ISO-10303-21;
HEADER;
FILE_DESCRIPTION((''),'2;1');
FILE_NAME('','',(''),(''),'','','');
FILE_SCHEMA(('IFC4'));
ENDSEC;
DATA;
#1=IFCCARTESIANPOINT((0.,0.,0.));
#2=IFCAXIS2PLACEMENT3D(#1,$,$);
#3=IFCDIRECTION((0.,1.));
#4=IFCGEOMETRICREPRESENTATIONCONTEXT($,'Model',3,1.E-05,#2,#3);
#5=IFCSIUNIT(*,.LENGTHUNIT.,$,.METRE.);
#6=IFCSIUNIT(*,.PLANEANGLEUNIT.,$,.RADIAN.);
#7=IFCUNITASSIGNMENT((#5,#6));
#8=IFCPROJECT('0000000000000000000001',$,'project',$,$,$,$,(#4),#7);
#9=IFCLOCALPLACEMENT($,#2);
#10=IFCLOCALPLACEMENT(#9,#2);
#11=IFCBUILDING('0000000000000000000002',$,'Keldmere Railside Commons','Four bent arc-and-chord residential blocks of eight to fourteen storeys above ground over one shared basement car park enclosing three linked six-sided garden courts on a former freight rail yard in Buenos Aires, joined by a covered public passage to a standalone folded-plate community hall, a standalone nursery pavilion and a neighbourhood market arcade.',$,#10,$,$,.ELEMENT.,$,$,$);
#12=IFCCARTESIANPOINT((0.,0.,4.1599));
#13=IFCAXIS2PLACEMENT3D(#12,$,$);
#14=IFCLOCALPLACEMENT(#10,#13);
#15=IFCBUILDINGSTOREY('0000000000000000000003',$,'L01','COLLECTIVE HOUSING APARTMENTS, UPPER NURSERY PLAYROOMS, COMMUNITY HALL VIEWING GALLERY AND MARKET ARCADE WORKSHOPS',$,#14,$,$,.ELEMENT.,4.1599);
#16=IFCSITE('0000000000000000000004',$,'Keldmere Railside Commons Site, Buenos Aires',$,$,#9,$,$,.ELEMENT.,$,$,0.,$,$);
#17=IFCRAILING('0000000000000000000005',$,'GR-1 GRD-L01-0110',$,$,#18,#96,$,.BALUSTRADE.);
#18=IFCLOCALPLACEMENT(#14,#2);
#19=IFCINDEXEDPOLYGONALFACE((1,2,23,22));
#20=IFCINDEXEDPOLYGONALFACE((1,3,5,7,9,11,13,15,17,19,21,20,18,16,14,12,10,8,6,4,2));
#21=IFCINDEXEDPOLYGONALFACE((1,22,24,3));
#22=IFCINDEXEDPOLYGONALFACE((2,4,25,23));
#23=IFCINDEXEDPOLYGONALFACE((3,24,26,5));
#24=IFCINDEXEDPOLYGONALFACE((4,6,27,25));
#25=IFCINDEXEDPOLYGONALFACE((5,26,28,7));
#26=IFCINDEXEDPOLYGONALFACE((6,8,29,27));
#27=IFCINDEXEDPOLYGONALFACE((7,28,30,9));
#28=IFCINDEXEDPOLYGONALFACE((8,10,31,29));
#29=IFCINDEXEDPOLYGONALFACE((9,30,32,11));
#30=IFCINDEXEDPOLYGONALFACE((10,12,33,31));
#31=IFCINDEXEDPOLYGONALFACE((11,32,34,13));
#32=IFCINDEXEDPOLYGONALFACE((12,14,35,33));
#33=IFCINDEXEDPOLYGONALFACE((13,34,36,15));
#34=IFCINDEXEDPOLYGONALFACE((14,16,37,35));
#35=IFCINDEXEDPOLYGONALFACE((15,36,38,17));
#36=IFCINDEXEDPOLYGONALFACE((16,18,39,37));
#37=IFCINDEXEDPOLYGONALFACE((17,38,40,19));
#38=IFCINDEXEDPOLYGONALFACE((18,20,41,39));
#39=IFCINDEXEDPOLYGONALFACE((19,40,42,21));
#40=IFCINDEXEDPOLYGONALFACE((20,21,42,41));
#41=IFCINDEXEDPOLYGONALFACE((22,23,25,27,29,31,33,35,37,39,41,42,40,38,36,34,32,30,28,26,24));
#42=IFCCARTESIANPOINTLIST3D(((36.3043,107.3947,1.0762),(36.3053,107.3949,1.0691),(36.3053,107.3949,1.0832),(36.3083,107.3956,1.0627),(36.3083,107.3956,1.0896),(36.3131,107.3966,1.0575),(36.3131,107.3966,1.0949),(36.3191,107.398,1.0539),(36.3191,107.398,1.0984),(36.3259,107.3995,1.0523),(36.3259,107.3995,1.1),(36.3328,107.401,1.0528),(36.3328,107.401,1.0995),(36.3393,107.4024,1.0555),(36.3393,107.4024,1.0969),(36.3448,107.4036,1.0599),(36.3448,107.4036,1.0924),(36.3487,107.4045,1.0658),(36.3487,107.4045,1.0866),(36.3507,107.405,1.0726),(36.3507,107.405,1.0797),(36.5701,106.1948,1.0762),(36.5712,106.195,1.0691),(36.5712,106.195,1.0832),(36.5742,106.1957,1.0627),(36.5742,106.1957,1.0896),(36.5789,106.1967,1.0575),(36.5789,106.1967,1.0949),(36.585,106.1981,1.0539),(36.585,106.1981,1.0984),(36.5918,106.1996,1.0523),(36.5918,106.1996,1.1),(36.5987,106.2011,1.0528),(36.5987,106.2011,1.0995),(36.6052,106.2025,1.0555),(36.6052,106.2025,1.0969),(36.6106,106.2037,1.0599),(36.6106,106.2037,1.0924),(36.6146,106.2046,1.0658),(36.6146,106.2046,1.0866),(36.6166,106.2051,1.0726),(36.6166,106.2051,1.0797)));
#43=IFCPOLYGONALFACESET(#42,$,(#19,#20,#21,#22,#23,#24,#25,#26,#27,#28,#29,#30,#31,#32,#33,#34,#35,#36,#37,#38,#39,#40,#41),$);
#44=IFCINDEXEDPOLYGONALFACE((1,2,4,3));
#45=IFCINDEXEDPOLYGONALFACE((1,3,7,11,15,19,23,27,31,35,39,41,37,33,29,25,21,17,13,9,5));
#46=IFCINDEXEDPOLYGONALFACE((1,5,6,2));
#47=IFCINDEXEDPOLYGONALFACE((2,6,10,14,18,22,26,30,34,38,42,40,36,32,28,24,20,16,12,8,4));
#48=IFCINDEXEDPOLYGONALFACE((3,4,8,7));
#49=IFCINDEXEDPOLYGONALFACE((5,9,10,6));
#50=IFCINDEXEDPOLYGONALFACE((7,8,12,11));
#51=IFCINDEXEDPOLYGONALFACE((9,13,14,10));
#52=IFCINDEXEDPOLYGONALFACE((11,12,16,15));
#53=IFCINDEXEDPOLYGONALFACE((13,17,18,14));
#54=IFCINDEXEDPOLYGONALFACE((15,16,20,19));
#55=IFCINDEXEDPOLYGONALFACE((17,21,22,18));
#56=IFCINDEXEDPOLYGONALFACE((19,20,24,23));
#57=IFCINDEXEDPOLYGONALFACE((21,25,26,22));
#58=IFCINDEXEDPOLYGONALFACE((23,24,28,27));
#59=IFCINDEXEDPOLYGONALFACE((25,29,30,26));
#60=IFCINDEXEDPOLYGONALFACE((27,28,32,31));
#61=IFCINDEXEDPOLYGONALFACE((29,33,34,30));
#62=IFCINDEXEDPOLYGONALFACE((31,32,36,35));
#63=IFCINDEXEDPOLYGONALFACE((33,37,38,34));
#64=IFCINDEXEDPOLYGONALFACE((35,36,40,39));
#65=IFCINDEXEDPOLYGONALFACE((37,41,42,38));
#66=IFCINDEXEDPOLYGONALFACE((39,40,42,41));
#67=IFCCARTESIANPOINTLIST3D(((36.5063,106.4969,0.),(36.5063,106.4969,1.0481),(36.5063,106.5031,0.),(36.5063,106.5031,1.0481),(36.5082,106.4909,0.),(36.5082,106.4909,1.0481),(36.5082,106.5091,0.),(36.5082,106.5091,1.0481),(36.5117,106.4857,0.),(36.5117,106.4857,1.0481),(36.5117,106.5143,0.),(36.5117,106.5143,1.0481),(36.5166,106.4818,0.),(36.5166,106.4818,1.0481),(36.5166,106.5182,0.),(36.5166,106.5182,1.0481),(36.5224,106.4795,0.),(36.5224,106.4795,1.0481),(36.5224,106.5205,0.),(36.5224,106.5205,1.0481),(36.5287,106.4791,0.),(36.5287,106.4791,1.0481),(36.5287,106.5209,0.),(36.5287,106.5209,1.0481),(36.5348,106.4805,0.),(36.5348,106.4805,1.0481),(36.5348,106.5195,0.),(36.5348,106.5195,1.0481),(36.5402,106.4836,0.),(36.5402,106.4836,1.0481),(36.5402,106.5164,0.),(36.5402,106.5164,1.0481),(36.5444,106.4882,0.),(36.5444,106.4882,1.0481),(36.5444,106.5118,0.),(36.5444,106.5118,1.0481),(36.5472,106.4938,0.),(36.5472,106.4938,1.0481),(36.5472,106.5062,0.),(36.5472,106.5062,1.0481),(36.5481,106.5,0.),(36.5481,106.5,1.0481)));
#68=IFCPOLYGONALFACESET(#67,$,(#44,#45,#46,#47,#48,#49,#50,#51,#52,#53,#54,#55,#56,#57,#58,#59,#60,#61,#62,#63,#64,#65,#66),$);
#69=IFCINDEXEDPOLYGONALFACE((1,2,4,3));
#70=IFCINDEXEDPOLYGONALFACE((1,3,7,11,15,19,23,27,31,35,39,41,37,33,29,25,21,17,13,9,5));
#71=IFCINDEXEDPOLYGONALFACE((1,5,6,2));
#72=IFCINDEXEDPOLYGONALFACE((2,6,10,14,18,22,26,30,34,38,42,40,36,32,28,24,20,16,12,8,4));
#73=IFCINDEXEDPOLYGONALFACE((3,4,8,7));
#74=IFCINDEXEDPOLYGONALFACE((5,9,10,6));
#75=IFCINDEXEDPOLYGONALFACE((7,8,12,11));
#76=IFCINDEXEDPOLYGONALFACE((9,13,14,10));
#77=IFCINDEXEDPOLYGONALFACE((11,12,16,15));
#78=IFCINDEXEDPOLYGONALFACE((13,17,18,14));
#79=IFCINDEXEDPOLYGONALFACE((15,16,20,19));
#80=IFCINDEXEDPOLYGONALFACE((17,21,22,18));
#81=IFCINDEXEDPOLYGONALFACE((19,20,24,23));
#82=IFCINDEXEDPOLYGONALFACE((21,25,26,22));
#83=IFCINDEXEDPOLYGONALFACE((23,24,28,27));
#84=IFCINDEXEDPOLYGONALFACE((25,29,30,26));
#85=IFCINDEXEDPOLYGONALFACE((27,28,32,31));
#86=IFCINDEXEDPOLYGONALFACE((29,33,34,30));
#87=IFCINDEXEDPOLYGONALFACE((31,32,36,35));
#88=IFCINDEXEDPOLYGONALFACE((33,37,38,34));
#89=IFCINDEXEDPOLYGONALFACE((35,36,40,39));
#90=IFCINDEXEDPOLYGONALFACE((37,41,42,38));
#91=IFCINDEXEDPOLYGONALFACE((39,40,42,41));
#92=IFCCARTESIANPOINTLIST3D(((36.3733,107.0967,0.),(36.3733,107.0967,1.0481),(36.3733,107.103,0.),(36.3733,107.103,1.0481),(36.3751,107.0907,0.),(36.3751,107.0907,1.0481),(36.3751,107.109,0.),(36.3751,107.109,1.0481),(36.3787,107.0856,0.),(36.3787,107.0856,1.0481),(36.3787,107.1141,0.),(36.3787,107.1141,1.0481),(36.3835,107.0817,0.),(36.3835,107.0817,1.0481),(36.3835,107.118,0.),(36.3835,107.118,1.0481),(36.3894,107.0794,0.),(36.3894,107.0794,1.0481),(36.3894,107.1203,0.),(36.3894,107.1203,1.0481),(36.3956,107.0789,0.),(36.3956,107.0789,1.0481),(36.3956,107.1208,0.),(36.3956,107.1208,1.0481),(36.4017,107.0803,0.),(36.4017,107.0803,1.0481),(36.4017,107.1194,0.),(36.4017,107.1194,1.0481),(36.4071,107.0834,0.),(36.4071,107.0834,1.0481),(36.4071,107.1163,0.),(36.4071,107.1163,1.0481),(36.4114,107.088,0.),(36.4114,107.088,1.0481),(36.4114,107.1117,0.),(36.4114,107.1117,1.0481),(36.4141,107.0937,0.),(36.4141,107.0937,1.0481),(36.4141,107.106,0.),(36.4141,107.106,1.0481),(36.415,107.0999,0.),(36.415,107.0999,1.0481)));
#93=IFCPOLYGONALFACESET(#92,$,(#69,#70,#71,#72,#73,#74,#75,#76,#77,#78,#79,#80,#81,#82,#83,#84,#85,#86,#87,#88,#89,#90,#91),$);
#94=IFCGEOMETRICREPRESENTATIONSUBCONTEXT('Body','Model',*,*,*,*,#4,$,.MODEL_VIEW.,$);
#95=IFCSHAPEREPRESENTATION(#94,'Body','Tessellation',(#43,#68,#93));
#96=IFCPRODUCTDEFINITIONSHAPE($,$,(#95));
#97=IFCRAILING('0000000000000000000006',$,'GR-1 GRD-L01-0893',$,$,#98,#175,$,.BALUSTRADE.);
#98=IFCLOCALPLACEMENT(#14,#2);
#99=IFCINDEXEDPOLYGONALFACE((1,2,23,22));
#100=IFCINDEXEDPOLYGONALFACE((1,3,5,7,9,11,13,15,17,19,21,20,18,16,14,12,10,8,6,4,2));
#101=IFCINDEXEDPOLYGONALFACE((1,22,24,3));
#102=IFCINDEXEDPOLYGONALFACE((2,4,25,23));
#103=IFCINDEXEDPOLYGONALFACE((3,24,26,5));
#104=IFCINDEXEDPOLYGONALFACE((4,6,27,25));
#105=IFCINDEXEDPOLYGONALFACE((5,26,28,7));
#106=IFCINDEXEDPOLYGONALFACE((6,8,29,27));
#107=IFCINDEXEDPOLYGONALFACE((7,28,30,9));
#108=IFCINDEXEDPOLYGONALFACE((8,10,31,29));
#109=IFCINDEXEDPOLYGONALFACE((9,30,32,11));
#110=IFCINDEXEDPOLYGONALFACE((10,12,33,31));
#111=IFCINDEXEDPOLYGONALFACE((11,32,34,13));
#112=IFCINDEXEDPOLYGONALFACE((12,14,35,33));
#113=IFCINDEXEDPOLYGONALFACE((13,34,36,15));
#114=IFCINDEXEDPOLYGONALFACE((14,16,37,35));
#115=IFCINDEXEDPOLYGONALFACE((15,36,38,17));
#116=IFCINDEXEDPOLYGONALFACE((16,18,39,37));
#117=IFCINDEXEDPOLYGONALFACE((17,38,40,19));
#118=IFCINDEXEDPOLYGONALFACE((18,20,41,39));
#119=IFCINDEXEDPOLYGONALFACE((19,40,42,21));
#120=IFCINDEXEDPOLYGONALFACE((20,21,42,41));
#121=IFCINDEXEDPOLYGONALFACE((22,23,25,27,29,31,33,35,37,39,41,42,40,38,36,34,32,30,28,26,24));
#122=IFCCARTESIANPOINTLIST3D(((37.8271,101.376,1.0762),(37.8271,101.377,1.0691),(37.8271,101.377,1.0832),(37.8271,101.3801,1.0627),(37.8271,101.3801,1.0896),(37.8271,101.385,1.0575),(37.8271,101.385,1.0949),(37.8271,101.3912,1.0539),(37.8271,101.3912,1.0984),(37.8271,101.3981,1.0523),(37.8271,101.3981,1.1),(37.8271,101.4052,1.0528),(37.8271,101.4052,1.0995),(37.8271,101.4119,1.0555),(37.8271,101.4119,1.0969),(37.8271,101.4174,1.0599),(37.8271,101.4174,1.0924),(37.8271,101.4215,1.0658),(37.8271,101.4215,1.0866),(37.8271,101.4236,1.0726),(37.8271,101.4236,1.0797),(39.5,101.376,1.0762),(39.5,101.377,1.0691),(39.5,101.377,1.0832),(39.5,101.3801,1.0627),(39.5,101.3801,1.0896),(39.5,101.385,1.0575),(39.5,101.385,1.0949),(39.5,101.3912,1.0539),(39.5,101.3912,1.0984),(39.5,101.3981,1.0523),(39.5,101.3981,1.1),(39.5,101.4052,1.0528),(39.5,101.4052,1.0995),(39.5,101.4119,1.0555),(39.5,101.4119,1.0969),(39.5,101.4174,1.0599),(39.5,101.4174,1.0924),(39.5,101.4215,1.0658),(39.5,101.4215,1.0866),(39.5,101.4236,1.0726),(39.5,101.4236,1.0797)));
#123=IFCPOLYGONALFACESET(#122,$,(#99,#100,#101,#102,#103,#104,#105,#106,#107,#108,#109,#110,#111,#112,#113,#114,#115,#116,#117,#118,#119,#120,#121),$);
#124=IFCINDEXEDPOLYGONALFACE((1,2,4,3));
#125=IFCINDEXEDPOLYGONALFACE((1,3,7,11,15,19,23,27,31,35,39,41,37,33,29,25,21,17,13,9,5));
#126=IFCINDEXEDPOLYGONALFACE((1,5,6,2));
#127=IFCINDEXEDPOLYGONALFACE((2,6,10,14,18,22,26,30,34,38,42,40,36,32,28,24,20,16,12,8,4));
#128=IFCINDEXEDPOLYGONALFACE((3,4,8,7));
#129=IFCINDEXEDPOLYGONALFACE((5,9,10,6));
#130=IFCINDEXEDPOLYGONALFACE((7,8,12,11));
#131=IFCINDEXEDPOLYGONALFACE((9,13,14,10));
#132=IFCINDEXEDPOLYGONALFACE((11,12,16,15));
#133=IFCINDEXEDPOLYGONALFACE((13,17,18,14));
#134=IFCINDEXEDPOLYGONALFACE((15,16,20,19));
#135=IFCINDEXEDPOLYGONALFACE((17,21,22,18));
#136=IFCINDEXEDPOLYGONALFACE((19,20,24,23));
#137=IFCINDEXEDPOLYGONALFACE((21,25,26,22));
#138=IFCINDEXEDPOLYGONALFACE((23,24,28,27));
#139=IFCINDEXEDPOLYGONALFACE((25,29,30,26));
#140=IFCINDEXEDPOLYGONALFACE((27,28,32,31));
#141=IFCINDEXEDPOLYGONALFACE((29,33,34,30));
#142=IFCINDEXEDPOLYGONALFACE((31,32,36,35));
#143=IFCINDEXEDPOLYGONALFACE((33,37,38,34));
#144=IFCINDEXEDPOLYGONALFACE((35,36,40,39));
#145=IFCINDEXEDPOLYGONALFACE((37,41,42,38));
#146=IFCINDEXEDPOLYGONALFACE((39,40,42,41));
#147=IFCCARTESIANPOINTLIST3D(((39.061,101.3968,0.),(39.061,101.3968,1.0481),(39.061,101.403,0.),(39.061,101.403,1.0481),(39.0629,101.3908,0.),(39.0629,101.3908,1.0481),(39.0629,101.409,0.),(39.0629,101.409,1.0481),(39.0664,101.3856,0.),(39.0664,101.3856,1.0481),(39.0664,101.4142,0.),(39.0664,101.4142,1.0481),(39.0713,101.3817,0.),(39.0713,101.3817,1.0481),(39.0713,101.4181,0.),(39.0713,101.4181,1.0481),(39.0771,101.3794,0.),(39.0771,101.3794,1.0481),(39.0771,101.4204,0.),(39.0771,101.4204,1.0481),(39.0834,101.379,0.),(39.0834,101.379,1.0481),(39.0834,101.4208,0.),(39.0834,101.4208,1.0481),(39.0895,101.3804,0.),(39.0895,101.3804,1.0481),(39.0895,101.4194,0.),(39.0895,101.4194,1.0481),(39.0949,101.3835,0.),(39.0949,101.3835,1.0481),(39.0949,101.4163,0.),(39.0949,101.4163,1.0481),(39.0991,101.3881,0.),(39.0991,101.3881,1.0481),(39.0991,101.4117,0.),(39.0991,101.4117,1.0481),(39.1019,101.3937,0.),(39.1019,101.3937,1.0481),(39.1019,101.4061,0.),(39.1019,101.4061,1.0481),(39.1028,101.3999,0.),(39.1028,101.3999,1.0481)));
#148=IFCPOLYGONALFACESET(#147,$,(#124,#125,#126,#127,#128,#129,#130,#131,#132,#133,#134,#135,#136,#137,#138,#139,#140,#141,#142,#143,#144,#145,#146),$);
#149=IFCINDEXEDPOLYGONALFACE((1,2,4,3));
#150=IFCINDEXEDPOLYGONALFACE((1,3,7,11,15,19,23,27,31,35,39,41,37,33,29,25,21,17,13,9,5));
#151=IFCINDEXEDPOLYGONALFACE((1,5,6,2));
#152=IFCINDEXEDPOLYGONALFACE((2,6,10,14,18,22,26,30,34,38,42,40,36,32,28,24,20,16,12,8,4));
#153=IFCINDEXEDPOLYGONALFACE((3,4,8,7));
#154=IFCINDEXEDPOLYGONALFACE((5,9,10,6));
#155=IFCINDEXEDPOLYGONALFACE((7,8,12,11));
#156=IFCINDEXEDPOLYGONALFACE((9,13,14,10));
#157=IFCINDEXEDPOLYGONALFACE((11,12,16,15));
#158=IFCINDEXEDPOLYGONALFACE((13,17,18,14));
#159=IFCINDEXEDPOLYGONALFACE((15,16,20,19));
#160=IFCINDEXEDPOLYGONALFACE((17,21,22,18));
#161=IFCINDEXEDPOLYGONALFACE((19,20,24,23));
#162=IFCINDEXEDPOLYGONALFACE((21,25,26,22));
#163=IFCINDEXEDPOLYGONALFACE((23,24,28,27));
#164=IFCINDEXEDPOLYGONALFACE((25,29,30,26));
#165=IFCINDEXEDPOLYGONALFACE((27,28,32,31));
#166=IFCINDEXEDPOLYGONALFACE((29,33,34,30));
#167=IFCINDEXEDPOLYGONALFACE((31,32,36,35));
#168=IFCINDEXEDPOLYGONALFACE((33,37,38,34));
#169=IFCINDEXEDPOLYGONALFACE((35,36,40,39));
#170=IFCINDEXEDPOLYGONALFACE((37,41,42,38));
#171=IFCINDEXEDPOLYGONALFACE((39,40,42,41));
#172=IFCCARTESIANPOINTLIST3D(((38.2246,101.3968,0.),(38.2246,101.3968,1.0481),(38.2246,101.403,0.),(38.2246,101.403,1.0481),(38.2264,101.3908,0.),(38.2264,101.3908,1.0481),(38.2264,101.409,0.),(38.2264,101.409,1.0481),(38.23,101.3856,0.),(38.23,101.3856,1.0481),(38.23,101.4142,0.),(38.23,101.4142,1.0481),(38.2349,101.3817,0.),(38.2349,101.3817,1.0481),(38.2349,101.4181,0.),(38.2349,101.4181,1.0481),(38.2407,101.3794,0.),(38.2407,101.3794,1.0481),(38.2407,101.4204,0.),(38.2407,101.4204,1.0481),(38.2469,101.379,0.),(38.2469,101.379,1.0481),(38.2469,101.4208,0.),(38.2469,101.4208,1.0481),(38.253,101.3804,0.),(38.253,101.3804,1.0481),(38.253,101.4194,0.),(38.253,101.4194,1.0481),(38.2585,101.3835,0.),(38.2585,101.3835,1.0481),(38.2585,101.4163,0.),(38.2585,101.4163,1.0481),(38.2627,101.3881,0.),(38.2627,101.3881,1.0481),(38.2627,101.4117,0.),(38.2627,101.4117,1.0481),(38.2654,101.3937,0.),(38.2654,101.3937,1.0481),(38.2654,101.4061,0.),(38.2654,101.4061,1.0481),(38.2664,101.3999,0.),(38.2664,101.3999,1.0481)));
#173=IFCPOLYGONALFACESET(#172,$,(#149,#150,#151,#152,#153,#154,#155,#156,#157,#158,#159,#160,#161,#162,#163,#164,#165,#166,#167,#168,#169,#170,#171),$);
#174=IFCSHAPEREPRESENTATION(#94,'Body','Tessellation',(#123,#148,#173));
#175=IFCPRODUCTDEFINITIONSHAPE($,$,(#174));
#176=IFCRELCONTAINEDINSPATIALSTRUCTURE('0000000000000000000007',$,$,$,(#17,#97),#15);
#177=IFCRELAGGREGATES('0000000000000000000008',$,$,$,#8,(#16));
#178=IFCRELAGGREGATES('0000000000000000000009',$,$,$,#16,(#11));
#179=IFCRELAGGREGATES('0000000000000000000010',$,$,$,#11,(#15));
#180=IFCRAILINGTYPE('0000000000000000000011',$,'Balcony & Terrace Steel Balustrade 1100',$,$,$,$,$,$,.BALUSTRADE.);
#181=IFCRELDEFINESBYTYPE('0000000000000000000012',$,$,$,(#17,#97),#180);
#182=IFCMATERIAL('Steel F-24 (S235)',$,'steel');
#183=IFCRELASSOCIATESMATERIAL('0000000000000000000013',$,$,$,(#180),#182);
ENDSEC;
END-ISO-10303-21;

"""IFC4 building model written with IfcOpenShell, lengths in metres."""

from ifc_helpers import new_model, si_unit, direction, frame, origin, origin_2d, place, context, subcontext, project, spatial, circle, extrude, material, type_object, element, save


model = new_model("IFC4")

# Units and contexts
model_context = context("Model", 3, precision=1e-05, world=origin(), true_north=direction((0.0, 1.0)))
body_context = subcontext(model_context, "Body", "Model", "MODEL_VIEW")
ifc_project = project(units=[si_unit("LENGTHUNIT", "METRE"), si_unit("PLANEANGLEUNIT", "RADIAN")], contexts=[model_context])

# Site, building, storey
site_placement = place(None, origin())
site = spatial("IfcSite", under=ifc_project, at=site_placement, Name="Keldmere Railside Commons Site, Buenos Aires", CompositionType="ELEMENT", RefElevation=0.0)
building_placement = place(site_placement, origin())
building = spatial("IfcBuilding", under=site, at=building_placement, Name="Keldmere Railside Commons", Description="Four bent arc-and-chord residential blocks of eight to fourteen storeys above ground over one shared basement car park enclosing three linked six-sided garden courts on a former freight rail yard in Buenos Aires, joined by a covered public passage to a standalone folded-plate community hall, a standalone nursery pavilion and a neighbourhood market arcade.", CompositionType="ELEMENT")
storey_placement = place(building_placement, frame((0.0, 0.0, 4.1599)))
storey = spatial("IfcBuildingStorey", under=building, at=storey_placement, Name="L01", Description="COLLECTIVE HOUSING APARTMENTS, UPPER NURSERY PLAYROOMS, COMMUNITY HALL VIEWING GALLERY AND MARKET ARCADE WORKSHOPS", CompositionType="ELEMENT", Elevation=4.1599)

# Railings
ifc_material_1 = material(Name="Steel F-24 (S235)", Category="steel")
railing_type = type_object("IfcRailingType", Name="Balcony & Terrace Steel Balustrade 1100", PredefinedType="BALUSTRADE", material=ifc_material_1)
railing_1_placement = place(storey_placement, frame((36.5935, 106.2, 0.0)))
element("IfcRailing", 1, at=railing_1_placement, inside=storey, type_object=railing_type, Name="GR-1 GRD-L01-0110", PredefinedType="BALUSTRADE", context=body_context, shape_type="SweptSolid", body=[
    extrude(circle(Radius=0.0239, at=origin_2d()), frame((0.0, 0.0, 1.0762), z_axis=(-0.21632, 0.976322, 0.0), x_axis=(-0.976322, -0.21632, 0.0)), (0.0, 0.0, 1.0), 1.229),
    extrude(circle(Radius=0.021, at=origin_2d()), frame((-0.0664, 0.3, 0.0)), (0.0, 0.0, 1.0), 1.0481),
    extrude(circle(Radius=0.021, at=origin_2d()), frame((-0.1995, 0.8999, 0.0)), (0.0, 0.0, 1.0), 1.0481),
])
railing_2_placement = place(storey_placement, frame((39.5, 101.3999, 0.0)))
element("IfcRailing", 2, at=railing_2_placement, inside=storey, type_object=railing_type, Name="GR-1 GRD-L01-0893", PredefinedType="BALUSTRADE", context=body_context, shape_type="SweptSolid", body=[
    extrude(circle(Radius=0.0239, at=origin_2d()), frame((0.0, 0.0, 1.0762), z_axis=(-1.0, 0.0, 0.0), x_axis=(0.0, -1.0, 0.0)), (0.0, 0.0, 1.0), 1.6729),
    extrude(circle(Radius=0.021, at=origin_2d()), frame((-0.4182, 0.0, 0.0)), (0.0, 0.0, 1.0), 1.0481),
    extrude(circle(Radius=0.021, at=origin_2d()), frame((-1.2546, 0.0, 0.0)), (0.0, 0.0, 1.0), 1.0481),
])

save(model, "model.ifc")
